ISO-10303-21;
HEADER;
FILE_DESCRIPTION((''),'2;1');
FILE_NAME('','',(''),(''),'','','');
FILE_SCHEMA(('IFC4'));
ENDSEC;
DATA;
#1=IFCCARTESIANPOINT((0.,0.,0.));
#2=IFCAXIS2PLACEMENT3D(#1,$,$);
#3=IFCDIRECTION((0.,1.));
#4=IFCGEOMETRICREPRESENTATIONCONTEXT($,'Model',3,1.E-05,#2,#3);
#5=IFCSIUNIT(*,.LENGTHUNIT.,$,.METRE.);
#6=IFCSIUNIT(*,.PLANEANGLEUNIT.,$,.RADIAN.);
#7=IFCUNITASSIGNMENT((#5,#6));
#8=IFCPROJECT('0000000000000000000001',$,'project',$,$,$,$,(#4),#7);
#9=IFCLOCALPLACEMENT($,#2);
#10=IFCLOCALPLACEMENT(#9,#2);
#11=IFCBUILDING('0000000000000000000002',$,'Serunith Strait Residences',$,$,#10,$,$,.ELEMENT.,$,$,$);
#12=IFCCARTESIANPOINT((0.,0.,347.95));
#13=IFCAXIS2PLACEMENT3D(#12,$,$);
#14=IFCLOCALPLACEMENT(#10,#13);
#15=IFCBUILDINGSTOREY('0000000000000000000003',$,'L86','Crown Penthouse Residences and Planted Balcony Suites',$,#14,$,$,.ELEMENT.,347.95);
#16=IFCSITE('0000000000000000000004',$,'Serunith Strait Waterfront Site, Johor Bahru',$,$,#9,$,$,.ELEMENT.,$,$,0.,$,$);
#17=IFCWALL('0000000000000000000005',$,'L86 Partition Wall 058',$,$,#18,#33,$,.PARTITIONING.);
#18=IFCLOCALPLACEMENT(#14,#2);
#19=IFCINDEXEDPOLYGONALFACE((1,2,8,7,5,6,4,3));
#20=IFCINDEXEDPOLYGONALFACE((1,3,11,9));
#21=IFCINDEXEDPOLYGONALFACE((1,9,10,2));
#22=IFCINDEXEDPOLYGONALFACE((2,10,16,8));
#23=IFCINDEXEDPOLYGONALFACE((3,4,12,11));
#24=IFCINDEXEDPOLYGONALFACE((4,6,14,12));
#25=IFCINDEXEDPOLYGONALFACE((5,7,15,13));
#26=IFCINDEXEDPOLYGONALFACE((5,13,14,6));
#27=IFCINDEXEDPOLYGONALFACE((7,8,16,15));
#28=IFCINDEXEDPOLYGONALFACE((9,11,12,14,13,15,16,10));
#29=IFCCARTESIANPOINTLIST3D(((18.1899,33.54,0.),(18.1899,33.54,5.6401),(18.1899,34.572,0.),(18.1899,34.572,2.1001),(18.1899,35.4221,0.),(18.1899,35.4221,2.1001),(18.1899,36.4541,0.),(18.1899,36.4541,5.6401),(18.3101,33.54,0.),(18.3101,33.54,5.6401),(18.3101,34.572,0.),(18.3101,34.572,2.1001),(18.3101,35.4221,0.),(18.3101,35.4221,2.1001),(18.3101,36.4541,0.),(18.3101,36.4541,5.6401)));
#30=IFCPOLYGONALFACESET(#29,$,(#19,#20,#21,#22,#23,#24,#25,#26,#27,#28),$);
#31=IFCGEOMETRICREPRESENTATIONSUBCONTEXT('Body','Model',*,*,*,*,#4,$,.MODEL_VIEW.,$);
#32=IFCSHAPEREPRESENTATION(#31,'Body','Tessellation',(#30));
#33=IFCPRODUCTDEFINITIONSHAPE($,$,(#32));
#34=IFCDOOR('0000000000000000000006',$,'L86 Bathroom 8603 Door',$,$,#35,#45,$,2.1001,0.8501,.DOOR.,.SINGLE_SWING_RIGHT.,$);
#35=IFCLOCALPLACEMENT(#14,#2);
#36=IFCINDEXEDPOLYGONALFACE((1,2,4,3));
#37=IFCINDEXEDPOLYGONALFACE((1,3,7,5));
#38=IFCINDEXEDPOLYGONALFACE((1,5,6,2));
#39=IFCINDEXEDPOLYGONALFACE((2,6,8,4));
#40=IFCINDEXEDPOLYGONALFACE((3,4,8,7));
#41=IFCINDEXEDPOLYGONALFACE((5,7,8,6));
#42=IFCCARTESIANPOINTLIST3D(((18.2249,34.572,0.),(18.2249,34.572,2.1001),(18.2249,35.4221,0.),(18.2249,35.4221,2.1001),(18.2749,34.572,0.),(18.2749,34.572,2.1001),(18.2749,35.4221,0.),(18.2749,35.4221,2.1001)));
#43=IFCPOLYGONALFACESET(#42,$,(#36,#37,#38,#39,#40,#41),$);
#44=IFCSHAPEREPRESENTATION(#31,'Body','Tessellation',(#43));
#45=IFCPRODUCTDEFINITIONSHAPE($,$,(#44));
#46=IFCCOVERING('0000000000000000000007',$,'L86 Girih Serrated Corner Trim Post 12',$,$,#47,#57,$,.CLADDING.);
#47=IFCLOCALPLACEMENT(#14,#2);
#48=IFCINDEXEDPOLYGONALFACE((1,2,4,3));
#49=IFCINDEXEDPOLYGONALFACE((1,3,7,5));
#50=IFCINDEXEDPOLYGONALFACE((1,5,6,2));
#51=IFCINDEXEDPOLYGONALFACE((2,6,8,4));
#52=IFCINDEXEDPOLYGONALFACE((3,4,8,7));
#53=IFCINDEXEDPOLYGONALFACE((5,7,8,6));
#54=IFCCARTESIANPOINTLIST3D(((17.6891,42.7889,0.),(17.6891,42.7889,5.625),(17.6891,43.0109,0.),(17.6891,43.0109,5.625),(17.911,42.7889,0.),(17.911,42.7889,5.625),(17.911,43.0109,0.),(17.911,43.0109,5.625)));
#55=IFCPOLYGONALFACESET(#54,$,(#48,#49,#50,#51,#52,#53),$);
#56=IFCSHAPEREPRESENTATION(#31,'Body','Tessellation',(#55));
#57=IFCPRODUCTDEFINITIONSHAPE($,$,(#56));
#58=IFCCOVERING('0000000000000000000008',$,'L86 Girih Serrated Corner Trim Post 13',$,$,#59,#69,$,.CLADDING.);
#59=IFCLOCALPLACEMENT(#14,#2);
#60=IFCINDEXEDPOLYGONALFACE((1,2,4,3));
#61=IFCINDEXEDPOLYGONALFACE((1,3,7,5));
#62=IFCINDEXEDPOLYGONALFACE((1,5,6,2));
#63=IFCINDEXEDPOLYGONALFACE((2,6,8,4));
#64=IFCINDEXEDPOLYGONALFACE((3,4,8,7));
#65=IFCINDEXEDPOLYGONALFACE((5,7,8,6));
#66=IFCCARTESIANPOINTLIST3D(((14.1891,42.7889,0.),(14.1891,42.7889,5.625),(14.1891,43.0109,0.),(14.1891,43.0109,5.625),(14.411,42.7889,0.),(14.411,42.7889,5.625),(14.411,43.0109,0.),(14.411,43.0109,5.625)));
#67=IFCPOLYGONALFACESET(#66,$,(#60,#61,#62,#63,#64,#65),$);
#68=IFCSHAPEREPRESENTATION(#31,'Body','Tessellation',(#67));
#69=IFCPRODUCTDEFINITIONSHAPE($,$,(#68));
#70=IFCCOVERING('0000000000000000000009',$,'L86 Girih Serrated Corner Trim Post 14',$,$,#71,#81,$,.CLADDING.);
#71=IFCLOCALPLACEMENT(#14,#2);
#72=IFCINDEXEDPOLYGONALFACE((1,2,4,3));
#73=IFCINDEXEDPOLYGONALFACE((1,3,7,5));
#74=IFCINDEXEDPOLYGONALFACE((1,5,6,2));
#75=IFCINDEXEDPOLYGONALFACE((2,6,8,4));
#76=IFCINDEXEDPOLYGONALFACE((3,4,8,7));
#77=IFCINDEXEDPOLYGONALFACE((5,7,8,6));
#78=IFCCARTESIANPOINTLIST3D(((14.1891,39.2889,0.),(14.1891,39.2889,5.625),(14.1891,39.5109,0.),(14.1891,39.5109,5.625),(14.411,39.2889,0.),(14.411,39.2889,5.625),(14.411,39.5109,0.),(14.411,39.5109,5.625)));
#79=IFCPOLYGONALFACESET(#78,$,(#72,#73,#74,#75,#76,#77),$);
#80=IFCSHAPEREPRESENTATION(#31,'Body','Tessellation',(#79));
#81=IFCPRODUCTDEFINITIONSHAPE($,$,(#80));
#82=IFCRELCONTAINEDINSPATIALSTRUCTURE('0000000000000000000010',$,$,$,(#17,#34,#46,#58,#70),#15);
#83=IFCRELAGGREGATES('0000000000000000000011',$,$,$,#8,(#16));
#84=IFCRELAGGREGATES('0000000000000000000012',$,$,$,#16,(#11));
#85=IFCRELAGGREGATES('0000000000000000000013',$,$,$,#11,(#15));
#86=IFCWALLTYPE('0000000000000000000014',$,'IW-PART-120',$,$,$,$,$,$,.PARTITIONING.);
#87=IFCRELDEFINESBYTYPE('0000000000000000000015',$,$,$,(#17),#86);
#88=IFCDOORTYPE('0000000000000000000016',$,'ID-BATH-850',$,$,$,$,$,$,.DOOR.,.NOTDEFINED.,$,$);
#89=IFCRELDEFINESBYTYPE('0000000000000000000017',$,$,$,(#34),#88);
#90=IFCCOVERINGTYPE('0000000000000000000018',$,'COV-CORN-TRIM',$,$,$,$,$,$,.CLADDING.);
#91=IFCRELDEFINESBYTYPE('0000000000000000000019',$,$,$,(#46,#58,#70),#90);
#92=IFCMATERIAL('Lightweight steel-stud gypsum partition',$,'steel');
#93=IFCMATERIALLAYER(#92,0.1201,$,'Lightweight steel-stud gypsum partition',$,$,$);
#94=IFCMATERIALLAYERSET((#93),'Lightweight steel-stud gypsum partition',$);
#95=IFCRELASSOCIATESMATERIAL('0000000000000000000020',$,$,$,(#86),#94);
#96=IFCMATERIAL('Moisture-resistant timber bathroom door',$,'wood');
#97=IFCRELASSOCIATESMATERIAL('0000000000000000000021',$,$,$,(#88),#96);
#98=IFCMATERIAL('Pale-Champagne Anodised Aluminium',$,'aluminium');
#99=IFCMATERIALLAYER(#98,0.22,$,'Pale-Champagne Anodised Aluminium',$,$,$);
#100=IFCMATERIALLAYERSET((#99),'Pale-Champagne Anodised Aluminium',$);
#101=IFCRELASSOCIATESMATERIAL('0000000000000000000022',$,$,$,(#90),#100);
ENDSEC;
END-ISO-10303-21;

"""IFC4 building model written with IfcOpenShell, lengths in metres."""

from ifc_helpers import new_model, si_unit, direction, frame, frame_2d, origin, origin_2d, place, context, subcontext, project, spatial, rectangle, extrude, source, transform, mapped, material, layer, layer_set, type_object, element, fill, save


model = new_model("IFC4")

# Units and contexts
model_context = context("Model", 3, precision=1e-05, world=origin(), true_north=direction((0.0, 1.0)))
body_context = subcontext(model_context, "Body", "Model", "MODEL_VIEW")
ifc_project = project(units=[si_unit("LENGTHUNIT", "METRE"), si_unit("PLANEANGLEUNIT", "RADIAN")], contexts=[model_context])

# Site, building, storey
site_placement = place(None, origin())
site = spatial("IfcSite", under=ifc_project, at=site_placement, Name="Serunith Strait Waterfront Site, Johor Bahru", CompositionType="ELEMENT", RefElevation=0.0)
building_placement = place(site_placement, origin())
building = spatial("IfcBuilding", under=site, at=building_placement, Name="Serunith Strait Residences", CompositionType="ELEMENT")
storey_placement = place(building_placement, frame((0.0, 0.0, 347.95)))
storey = spatial("IfcBuildingStorey", under=building, at=storey_placement, Name="L86", Description="Crown Penthouse Residences and Planted Balcony Suites", CompositionType="ELEMENT", Elevation=347.95)

# Shared definitions
ifc_material_1 = material(Name="Lightweight steel-stud gypsum partition", Category="steel")
ifc_layer_1 = layer(ifc_material_1, 0.1201, Name="Lightweight steel-stud gypsum partition")
ifc_layer_set_1 = layer_set([ifc_layer_1], Name="Lightweight steel-stud gypsum partition")
wall_type_1 = type_object("IfcWallType", Name="IW-PART-120", PredefinedType="PARTITIONING", material=ifc_layer_set_1)
shared_shape_1 = source(origin(), body_context, "Body", "SweptSolid", [
    extrude(rectangle(XDim=0.8501, YDim=2.1001, at=frame_2d((0.425, 1.05))), frame((0.0, 0.0249, 0.0), z_axis=(0.0, -1.0, 0.0), x_axis=(1.0, 0.0, 0.0)), (0.0, 0.0, 1.0), 0.05),
])

# Wall, opening, door
wall_1_placement = place(storey_placement, frame((18.25, 36.4541, 0.0), z_axis=(0.0, 0.0, 1.0), x_axis=(0.0, -1.0, 0.0)))
wall_1 = element("IfcWall", 1, at=wall_1_placement, inside=storey, type_object=wall_type_1, Name="L86 Partition Wall 058", PredefinedType="PARTITIONING", context=body_context, shape_type="SweptSolid", body=[
    extrude(rectangle(XDim=2.9141, YDim=0.1201, at=frame_2d((1.457, 0.0))), origin(), (0.0, 0.0, 1.0), 5.6401),
])
opening_1_placement = place(wall_1_placement, frame((1.032, 0.0, 0.0)))
opening_1 = element("IfcOpeningElement", 2, at=opening_1_placement, cuts=wall_1, PredefinedType="OPENING", context=body_context, shape_type="SweptSolid", body=[
    extrude(rectangle(XDim=0.8501, YDim=2.1001, at=frame_2d((0.425, 1.05))), frame((0.0, 0.0701, 0.0), z_axis=(0.0, -1.0, 0.0), x_axis=(1.0, 0.0, 0.0)), (0.0, 0.0, 1.0), 0.1401),
])
ifc_material_2 = material(Name="Moisture-resistant timber bathroom door", Category="wood")
door_type_1 = type_object("IfcDoorType", Name="ID-BATH-850", OperationType="NOTDEFINED", PredefinedType="DOOR", material=ifc_material_2)
door_1_placement = place(opening_1_placement, origin())
door_1 = element("IfcDoor", 3, at=door_1_placement, inside=storey, type_object=door_type_1, Name="L86 Bathroom 8603 Door", OperationType="SINGLE_SWING_RIGHT", OverallHeight=2.1001, OverallWidth=0.8501, PredefinedType="DOOR", context=body_context, shape_type="MappedRepresentation", body=[
    mapped(shared_shape_1, transform((0.0, 0.0, 0.0), scale=1.0)),
])
fill(opening_1, door_1)

# Coverings
ifc_material_3 = material(Name="Pale-Champagne Anodised Aluminium", Category="aluminium")
ifc_layer_2 = layer(ifc_material_3, 0.22, Name="Pale-Champagne Anodised Aluminium")
ifc_layer_set_2 = layer_set([ifc_layer_2], Name="Pale-Champagne Anodised Aluminium")
covering_type = type_object("IfcCoveringType", Name="COV-CORN-TRIM", PredefinedType="CLADDING", material=ifc_layer_set_2)
shared_shape_2 = source(origin(), body_context, "Body", "SweptSolid", [
    extrude(rectangle(XDim=0.2219, YDim=0.2219, at=origin_2d()), origin(), (0.0, 0.0, 1.0), 5.625),
])
for number, where, z_axis, x_axis, name in (
    (4, (17.8, 42.8999, 0.0), (0.0, 0.0, 1.0), (1.0, 0.0, 0.0), "L86 Girih Serrated Corner Trim Post 12"),
    (5, (14.3, 42.8999, 0.0), (0.0, 0.0, 1.0), (1.0, 0.0, 0.0), "L86 Girih Serrated Corner Trim Post 13"),
    (6, (14.3, 39.3999, 0.0), (0.0, 0.0, 1.0), (1.0, 0.0, 0.0), "L86 Girih Serrated Corner Trim Post 14"),
):
    element("IfcCovering", number, at=place(storey_placement, frame(where, z_axis=z_axis, x_axis=x_axis)), inside=storey, type_object=covering_type, Name=name, PredefinedType="CLADDING", context=body_context, shape_type="MappedRepresentation", body=[
        mapped(shared_shape_2, transform((0.0, 0.0, 0.0), scale=1.0)),
    ])

save(model, "model.ifc")
